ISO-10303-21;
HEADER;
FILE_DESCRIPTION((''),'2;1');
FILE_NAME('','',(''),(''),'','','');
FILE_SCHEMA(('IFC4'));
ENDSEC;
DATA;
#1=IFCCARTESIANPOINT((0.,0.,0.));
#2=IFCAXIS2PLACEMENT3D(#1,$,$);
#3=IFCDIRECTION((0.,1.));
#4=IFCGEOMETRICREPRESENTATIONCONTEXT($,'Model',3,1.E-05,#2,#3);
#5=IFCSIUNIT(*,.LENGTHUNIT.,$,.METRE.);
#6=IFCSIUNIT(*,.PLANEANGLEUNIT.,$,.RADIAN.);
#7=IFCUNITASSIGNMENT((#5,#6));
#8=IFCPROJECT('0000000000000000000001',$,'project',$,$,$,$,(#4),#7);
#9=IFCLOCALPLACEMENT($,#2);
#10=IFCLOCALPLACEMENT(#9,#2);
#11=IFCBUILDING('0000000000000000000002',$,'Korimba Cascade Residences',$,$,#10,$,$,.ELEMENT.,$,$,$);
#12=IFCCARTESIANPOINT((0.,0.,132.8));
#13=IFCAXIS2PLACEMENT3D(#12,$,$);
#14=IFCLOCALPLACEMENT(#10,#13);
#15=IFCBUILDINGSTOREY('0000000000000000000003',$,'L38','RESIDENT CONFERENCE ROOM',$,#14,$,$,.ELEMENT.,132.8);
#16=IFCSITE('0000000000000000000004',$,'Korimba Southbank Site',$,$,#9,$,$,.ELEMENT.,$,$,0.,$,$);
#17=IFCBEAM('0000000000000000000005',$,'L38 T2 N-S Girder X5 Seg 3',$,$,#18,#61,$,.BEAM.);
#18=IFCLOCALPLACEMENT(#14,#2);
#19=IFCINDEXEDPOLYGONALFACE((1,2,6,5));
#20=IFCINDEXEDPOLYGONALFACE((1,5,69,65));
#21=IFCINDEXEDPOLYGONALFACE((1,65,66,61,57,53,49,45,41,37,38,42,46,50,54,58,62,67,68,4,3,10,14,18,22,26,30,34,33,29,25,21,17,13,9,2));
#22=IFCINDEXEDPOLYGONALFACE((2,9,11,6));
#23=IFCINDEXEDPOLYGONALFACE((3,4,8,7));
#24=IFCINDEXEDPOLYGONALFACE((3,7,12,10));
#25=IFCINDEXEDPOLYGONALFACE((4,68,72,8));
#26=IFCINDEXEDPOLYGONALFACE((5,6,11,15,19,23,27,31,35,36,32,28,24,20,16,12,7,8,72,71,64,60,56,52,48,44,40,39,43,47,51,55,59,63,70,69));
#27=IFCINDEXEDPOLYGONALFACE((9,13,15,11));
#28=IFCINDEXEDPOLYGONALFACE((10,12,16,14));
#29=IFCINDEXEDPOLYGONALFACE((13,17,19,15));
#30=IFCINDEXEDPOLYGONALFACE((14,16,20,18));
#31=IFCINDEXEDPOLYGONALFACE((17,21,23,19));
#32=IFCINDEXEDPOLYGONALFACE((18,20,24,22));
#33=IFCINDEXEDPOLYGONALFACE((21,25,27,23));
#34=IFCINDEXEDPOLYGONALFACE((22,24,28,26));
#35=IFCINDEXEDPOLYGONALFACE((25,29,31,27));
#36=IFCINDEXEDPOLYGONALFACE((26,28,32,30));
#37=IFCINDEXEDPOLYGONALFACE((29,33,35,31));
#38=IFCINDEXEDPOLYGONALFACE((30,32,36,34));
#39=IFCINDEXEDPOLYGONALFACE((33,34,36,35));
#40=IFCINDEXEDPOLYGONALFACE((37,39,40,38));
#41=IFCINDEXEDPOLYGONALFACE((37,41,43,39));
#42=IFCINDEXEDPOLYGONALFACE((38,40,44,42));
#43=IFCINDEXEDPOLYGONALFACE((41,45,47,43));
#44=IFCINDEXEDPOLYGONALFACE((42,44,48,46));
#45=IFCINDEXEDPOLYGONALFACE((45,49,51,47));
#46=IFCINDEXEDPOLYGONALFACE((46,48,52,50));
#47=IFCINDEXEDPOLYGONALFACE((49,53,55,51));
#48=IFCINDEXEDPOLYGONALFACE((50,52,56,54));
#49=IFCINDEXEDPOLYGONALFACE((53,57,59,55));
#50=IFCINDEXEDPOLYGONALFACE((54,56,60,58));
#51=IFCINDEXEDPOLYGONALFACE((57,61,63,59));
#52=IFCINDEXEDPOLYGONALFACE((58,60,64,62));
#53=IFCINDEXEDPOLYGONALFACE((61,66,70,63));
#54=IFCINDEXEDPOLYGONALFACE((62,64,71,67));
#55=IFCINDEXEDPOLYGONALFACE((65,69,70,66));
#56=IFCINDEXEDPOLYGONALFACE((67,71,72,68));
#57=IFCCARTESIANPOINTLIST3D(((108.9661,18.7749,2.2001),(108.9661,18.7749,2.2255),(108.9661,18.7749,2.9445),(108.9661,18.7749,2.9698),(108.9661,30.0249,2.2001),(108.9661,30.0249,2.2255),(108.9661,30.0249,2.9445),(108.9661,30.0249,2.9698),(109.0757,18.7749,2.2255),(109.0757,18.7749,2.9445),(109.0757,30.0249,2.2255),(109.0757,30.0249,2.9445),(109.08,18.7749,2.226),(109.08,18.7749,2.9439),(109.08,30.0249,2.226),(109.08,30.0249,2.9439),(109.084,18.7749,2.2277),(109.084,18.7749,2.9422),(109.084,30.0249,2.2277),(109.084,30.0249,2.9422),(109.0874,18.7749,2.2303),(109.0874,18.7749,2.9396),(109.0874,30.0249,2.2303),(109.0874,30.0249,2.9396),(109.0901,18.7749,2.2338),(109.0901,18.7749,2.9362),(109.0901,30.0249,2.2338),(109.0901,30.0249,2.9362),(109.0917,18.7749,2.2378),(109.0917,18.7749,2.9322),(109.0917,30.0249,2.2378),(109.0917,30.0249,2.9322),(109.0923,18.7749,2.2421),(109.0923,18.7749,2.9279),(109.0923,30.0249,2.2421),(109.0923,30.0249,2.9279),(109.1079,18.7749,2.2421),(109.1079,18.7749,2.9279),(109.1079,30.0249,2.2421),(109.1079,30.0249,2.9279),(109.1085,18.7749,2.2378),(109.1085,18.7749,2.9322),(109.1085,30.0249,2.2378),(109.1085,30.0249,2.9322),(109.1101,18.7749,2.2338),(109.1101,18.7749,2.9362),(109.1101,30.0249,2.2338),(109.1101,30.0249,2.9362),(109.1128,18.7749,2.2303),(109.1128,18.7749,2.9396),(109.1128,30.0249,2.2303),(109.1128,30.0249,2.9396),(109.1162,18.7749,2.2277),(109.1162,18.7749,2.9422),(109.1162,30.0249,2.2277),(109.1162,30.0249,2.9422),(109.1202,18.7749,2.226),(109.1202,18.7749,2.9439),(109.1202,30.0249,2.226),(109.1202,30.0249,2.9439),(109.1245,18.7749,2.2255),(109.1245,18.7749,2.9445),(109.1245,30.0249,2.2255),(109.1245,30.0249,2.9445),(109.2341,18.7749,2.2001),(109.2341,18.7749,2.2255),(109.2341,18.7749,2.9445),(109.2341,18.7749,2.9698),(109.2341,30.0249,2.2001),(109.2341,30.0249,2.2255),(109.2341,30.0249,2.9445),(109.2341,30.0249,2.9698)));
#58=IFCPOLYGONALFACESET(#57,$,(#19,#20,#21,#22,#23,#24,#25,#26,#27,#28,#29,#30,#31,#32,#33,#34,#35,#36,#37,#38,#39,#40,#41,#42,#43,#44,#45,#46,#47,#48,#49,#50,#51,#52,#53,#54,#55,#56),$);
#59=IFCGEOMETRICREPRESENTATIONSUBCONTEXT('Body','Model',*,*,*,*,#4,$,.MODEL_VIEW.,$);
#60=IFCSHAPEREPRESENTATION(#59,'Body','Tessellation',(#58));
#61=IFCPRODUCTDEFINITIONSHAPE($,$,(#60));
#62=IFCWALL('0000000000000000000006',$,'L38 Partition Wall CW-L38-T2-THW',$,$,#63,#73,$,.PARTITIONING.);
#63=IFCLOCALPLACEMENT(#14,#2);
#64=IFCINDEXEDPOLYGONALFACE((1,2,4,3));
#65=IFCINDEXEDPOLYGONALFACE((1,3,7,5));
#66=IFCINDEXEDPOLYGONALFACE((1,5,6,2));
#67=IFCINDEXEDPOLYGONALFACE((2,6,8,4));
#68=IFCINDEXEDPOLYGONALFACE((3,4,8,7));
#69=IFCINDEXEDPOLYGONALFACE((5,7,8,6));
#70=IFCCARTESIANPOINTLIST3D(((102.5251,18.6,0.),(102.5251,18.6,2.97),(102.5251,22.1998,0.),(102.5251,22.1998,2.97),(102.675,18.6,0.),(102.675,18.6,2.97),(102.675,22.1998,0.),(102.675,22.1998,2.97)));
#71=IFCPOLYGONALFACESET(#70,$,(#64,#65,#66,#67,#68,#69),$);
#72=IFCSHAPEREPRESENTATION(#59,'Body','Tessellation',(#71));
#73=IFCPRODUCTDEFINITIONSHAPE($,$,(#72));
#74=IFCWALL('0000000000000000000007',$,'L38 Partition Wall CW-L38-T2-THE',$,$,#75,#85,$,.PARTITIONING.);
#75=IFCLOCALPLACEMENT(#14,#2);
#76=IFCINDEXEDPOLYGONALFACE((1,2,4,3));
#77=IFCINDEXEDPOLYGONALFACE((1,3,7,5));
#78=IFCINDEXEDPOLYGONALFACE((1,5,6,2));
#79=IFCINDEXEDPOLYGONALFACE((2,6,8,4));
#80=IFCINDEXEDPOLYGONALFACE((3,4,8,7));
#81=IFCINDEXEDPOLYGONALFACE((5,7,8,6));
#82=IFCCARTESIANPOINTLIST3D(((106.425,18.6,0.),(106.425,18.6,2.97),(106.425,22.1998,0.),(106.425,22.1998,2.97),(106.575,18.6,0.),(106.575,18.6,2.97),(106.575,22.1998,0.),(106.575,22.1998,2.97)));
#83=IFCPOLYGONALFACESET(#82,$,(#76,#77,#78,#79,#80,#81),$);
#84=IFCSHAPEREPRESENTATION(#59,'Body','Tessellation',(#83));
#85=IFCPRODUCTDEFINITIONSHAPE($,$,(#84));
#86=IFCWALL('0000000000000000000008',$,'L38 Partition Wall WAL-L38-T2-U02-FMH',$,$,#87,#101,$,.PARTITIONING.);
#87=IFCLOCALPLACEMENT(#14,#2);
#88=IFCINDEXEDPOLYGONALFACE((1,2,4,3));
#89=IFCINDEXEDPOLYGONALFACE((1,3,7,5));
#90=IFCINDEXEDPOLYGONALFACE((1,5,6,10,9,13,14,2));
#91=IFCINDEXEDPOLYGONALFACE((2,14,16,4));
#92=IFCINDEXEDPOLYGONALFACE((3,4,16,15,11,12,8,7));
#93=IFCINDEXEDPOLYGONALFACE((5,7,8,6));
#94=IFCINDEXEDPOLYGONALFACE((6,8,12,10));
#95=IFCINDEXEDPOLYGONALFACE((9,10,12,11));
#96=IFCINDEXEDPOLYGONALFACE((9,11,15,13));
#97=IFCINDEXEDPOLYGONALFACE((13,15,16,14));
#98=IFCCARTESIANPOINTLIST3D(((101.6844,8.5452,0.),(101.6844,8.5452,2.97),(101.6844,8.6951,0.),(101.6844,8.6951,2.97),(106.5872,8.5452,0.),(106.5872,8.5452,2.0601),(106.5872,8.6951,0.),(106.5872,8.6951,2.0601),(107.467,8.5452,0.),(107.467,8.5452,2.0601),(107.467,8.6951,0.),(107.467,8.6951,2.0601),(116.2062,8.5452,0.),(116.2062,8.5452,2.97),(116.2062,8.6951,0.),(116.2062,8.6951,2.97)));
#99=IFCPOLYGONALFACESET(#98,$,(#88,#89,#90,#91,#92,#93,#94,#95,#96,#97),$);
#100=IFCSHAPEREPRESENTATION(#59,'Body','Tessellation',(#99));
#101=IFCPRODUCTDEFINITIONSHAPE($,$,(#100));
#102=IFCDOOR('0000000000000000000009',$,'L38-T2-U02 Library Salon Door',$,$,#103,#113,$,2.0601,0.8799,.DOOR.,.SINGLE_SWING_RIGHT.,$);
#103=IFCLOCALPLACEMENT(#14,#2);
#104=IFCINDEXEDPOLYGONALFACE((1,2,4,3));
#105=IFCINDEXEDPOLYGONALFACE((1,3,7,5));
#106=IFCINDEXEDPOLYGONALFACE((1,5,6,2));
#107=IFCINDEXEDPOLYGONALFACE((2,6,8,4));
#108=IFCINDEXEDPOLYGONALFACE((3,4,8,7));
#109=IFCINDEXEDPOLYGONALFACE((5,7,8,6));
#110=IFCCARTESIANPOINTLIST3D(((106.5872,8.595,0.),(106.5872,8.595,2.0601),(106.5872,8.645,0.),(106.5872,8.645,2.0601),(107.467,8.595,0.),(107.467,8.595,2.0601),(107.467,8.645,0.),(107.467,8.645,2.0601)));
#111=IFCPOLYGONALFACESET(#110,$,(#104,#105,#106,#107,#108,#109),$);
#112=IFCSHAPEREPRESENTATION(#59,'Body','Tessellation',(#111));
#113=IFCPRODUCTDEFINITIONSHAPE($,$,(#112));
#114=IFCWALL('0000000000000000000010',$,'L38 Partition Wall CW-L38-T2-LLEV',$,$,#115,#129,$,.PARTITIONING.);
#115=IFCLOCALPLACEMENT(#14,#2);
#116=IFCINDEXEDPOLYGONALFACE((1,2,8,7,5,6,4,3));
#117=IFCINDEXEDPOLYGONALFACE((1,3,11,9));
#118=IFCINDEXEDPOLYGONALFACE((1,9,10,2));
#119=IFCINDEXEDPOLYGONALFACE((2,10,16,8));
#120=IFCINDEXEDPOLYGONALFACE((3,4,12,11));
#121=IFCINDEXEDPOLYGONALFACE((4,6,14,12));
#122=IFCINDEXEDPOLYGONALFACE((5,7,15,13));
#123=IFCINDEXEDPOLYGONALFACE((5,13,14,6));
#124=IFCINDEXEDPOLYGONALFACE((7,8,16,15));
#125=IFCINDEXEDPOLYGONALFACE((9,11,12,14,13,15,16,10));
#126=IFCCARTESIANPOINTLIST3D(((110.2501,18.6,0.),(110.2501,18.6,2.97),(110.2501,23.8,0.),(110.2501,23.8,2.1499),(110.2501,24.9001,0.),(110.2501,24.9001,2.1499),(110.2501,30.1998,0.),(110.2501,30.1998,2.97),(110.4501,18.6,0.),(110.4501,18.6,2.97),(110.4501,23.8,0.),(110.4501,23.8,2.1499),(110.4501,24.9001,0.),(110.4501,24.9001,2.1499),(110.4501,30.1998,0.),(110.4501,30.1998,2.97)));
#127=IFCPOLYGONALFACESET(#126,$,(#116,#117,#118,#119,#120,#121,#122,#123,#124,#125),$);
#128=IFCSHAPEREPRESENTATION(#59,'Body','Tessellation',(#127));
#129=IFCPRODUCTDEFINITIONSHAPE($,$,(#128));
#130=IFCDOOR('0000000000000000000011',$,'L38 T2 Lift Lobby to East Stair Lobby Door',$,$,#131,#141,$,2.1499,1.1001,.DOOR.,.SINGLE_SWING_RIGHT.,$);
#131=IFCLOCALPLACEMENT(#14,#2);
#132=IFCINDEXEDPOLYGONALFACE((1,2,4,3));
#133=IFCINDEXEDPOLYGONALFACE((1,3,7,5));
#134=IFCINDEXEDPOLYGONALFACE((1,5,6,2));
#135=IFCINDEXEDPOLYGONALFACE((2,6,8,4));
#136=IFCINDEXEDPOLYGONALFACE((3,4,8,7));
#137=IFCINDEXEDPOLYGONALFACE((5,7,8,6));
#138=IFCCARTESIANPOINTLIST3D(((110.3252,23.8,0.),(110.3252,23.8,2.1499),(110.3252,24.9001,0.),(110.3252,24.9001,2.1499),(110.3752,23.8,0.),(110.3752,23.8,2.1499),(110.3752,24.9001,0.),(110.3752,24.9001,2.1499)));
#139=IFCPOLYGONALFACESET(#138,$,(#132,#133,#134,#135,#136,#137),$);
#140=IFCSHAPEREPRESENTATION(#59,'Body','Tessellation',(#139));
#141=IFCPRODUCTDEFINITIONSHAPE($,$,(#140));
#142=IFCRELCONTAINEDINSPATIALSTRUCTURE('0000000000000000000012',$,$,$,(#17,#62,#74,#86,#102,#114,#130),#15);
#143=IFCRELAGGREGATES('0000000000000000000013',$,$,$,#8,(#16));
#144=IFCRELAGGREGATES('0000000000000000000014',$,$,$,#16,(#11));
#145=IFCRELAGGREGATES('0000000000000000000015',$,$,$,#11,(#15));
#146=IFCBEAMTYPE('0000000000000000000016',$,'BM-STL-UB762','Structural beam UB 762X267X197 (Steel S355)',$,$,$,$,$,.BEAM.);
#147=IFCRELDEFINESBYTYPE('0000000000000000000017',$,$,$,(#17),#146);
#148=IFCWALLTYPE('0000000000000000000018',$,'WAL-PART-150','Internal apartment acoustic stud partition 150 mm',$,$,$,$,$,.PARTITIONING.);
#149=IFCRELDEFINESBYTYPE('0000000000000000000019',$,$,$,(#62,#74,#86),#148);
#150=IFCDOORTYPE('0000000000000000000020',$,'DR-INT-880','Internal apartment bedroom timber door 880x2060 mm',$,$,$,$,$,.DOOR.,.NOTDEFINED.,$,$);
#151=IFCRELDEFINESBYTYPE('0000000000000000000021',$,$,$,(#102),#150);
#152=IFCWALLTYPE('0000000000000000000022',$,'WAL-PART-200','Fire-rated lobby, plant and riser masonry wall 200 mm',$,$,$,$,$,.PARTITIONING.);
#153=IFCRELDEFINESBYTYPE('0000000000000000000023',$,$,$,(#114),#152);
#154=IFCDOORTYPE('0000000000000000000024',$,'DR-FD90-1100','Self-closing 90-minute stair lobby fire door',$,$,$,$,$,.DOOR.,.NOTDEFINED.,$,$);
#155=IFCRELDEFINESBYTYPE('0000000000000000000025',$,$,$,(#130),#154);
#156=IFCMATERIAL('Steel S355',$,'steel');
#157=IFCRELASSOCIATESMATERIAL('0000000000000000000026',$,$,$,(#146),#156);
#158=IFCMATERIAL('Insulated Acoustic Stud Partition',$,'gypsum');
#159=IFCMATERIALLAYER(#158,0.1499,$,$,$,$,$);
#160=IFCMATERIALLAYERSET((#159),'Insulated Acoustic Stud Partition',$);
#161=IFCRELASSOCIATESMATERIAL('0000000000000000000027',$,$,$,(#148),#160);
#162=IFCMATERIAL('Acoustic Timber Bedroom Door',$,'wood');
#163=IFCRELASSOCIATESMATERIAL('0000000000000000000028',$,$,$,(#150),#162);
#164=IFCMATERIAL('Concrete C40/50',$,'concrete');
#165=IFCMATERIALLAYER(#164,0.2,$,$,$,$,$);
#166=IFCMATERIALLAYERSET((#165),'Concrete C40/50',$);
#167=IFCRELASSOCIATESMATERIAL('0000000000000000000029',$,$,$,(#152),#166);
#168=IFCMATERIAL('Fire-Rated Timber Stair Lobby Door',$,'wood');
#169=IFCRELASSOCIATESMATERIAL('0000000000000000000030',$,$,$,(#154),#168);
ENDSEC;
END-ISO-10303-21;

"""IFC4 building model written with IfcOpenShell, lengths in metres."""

from ifc_helpers import new_model, si_unit, direction, frame, frame_2d, origin, origin_2d, place, context, subcontext, project, spatial, rectangle, i_section, extrude, material, layer, layer_set, material_profile, profile_set, type_object, element, fill, save


model = new_model("IFC4")

# Units and contexts
model_context = context("Model", 3, precision=1e-05, world=origin(), true_north=direction((0.0, 1.0)))
body_context = subcontext(model_context, "Body", "Model", "MODEL_VIEW")
ifc_project = project(units=[si_unit("LENGTHUNIT", "METRE"), si_unit("PLANEANGLEUNIT", "RADIAN")], contexts=[model_context])

# Site, building, storey
site_placement = place(None, origin())
site = spatial("IfcSite", under=ifc_project, at=site_placement, Name="Korimba Southbank Site", CompositionType="ELEMENT", RefElevation=0.0)
building_placement = place(site_placement, origin())
building = spatial("IfcBuilding", under=site, at=building_placement, Name="Korimba Cascade Residences", CompositionType="ELEMENT")
storey_placement = place(building_placement, frame((0.0, 0.0, 132.8)))
storey = spatial("IfcBuildingStorey", under=building, at=storey_placement, Name="L38", Description="RESIDENT CONFERENCE ROOM", CompositionType="ELEMENT", Elevation=132.8)

# Beam
ifc_material_1 = material(Name="Steel S355", Category="steel")
ifc_material_profile_1 = material_profile(ifc_material_1, i_section(OverallWidth=0.2681, OverallDepth=0.7698, WebThickness=0.0156, FlangeThickness=0.0254, FilletRadius=0.0166, at=origin_2d()), Name="Steel S355")
ifc_profile_set_1 = profile_set([ifc_material_profile_1], Name="Steel S355")
beam_type = type_object("IfcBeamType", Name="BM-STL-UB762", Description="Structural beam UB 762X267X197 (Steel S355)", PredefinedType="BEAM", material=ifc_profile_set_1)
beam_1_placement = place(storey_placement, frame((109.1001, 18.7749, 2.585), z_axis=(0.0, 1.0, 0.0), x_axis=(-1.0, 0.0, 0.0)))
element("IfcBeam", 1, at=beam_1_placement, inside=storey, type_object=beam_type, Name="L38 T2 N-S Girder X5 Seg 3", PredefinedType="BEAM", context=body_context, shape_type="SweptSolid", body=[
    extrude(i_section(OverallWidth=0.2681, OverallDepth=0.7698, WebThickness=0.0156, FlangeThickness=0.0254, FilletRadius=0.0166, at=origin_2d()), origin(), (0.0, 0.0, 1.0), 11.25),
])

# Walls
ifc_material_2 = material(Name="Insulated Acoustic Stud Partition", Category="gypsum")
ifc_layer_1 = layer(ifc_material_2, 0.1499)
ifc_layer_set_1 = layer_set([ifc_layer_1], Name="Insulated Acoustic Stud Partition")
wall_type_1 = type_object("IfcWallType", Name="WAL-PART-150", Description="Internal apartment acoustic stud partition 150 mm", PredefinedType="PARTITIONING", material=ifc_layer_set_1)
for number, where, z_axis, x_axis, name in (
    (2, (102.6001, 18.6001, 0.0), (0.0, 0.0, 1.0), (0.0, 1.0, 0.0), "L38 Partition Wall CW-L38-T2-THW"),
    (3, (106.5, 18.6001, 0.0), (0.0, 0.0, 1.0), (0.0, 1.0, 0.0), "L38 Partition Wall CW-L38-T2-THE"),
):
    element("IfcWall", number, at=place(storey_placement, frame(where, z_axis=z_axis, x_axis=x_axis)), inside=storey, type_object=wall_type_1, Name=name, PredefinedType="PARTITIONING", context=body_context, shape_type="SweptSolid", body=[
        extrude(rectangle(XDim=3.5999, YDim=0.1499, at=frame_2d((1.7998, 0.0))), origin(), (0.0, 0.0, 1.0), 2.97),
    ])

# Walls, openings, doors
wall_1_placement = place(storey_placement, frame((101.6846, 8.6201, 0.0), z_axis=(0.0, 0.0, 1.0), x_axis=(1.0, 0.0, 0.0)))
wall_1 = element("IfcWall", 4, at=wall_1_placement, inside=storey, type_object=wall_type_1, Name="L38 Partition Wall WAL-L38-T2-U02-FMH", PredefinedType="PARTITIONING", context=body_context, shape_type="SweptSolid", body=[
    extrude(rectangle(XDim=14.5217, YDim=0.1499, at=frame_2d((7.2607, 0.0))), origin(), (0.0, 0.0, 1.0), 2.97),
])
opening_1_placement = place(wall_1_placement, frame((4.9026, 0.0, 0.0)))
opening_1 = element("IfcOpeningElement", 5, at=opening_1_placement, cuts=wall_1, PredefinedType="OPENING", context=body_context, shape_type="SweptSolid", body=[
    extrude(rectangle(XDim=0.8799, YDim=2.0601, at=frame_2d((0.4399, 1.03))), frame((0.0, 0.085, 0.0), z_axis=(0.0, -1.0, 0.0), x_axis=(1.0, 0.0, 0.0)), (0.0, 0.0, 1.0), 0.1699),
])
ifc_material_3 = material(Name="Acoustic Timber Bedroom Door", Category="wood")
door_type_1 = type_object("IfcDoorType", Name="DR-INT-880", Description="Internal apartment bedroom timber door 880x2060 mm", OperationType="NOTDEFINED", PredefinedType="DOOR", material=ifc_material_3)
door_1_placement = place(opening_1_placement, origin())
door_1 = element("IfcDoor", 6, at=door_1_placement, inside=storey, type_object=door_type_1, Name="L38-T2-U02 Library Salon Door", OperationType="SINGLE_SWING_RIGHT", OverallHeight=2.0601, OverallWidth=0.8799, PredefinedType="DOOR", context=body_context, shape_type="SweptSolid", body=[
    extrude(rectangle(XDim=0.8799, YDim=2.0601, at=frame_2d((0.4399, 1.03))), frame((0.0, 0.0249, 0.0), z_axis=(0.0, -1.0, 0.0), x_axis=(1.0, 0.0, 0.0)), (0.0, 0.0, 1.0), 0.05),
])
fill(opening_1, door_1)
ifc_material_4 = material(Name="Concrete C40/50", Category="concrete")
ifc_layer_2 = layer(ifc_material_4, 0.2)
ifc_layer_set_2 = layer_set([ifc_layer_2], Name="Concrete C40/50")
wall_type_2 = type_object("IfcWallType", Name="WAL-PART-200", Description="Fire-rated lobby, plant and riser masonry wall 200 mm", PredefinedType="PARTITIONING", material=ifc_layer_set_2)
wall_2_placement = place(storey_placement, frame((110.3501, 18.6001, 0.0), z_axis=(0.0, 0.0, 1.0), x_axis=(0.0, 1.0, 0.0)))
wall_2 = element("IfcWall", 7, at=wall_2_placement, inside=storey, type_object=wall_type_2, Name="L38 Partition Wall CW-L38-T2-LLEV", PredefinedType="PARTITIONING", context=body_context, shape_type="SweptSolid", body=[
    extrude(rectangle(XDim=11.5999, YDim=0.2, at=frame_2d((5.7998, 0.0))), origin(), (0.0, 0.0, 1.0), 2.97),
])
opening_2_placement = place(wall_2_placement, frame((5.2, 0.0, 0.0)))
opening_2 = element("IfcOpeningElement", 8, at=opening_2_placement, cuts=wall_2, PredefinedType="OPENING", context=body_context, shape_type="SweptSolid", body=[
    extrude(rectangle(XDim=1.1001, YDim=2.1499, at=frame_2d((0.55, 1.075))), frame((0.0, 0.1099, 0.0), z_axis=(0.0, -1.0, 0.0), x_axis=(1.0, 0.0, 0.0)), (0.0, 0.0, 1.0), 0.22),
])
ifc_material_5 = material(Name="Fire-Rated Timber Stair Lobby Door", Category="wood")
door_type_2 = type_object("IfcDoorType", Name="DR-FD90-1100", Description="Self-closing 90-minute stair lobby fire door", OperationType="NOTDEFINED", PredefinedType="DOOR", material=ifc_material_5)
door_2_placement = place(opening_2_placement, origin())
door_2 = element("IfcDoor", 9, at=door_2_placement, inside=storey, type_object=door_type_2, Name="L38 T2 Lift Lobby to East Stair Lobby Door", OperationType="SINGLE_SWING_RIGHT", OverallHeight=2.1499, OverallWidth=1.1001, PredefinedType="DOOR", context=body_context, shape_type="SweptSolid", body=[
    extrude(rectangle(XDim=1.1001, YDim=2.1499, at=frame_2d((0.55, 1.075))), frame((0.0, 0.0249, 0.0), z_axis=(0.0, -1.0, 0.0), x_axis=(1.0, 0.0, 0.0)), (0.0, 0.0, 1.0), 0.05),
])
fill(opening_2, door_2)

save(model, "model.ifc")
